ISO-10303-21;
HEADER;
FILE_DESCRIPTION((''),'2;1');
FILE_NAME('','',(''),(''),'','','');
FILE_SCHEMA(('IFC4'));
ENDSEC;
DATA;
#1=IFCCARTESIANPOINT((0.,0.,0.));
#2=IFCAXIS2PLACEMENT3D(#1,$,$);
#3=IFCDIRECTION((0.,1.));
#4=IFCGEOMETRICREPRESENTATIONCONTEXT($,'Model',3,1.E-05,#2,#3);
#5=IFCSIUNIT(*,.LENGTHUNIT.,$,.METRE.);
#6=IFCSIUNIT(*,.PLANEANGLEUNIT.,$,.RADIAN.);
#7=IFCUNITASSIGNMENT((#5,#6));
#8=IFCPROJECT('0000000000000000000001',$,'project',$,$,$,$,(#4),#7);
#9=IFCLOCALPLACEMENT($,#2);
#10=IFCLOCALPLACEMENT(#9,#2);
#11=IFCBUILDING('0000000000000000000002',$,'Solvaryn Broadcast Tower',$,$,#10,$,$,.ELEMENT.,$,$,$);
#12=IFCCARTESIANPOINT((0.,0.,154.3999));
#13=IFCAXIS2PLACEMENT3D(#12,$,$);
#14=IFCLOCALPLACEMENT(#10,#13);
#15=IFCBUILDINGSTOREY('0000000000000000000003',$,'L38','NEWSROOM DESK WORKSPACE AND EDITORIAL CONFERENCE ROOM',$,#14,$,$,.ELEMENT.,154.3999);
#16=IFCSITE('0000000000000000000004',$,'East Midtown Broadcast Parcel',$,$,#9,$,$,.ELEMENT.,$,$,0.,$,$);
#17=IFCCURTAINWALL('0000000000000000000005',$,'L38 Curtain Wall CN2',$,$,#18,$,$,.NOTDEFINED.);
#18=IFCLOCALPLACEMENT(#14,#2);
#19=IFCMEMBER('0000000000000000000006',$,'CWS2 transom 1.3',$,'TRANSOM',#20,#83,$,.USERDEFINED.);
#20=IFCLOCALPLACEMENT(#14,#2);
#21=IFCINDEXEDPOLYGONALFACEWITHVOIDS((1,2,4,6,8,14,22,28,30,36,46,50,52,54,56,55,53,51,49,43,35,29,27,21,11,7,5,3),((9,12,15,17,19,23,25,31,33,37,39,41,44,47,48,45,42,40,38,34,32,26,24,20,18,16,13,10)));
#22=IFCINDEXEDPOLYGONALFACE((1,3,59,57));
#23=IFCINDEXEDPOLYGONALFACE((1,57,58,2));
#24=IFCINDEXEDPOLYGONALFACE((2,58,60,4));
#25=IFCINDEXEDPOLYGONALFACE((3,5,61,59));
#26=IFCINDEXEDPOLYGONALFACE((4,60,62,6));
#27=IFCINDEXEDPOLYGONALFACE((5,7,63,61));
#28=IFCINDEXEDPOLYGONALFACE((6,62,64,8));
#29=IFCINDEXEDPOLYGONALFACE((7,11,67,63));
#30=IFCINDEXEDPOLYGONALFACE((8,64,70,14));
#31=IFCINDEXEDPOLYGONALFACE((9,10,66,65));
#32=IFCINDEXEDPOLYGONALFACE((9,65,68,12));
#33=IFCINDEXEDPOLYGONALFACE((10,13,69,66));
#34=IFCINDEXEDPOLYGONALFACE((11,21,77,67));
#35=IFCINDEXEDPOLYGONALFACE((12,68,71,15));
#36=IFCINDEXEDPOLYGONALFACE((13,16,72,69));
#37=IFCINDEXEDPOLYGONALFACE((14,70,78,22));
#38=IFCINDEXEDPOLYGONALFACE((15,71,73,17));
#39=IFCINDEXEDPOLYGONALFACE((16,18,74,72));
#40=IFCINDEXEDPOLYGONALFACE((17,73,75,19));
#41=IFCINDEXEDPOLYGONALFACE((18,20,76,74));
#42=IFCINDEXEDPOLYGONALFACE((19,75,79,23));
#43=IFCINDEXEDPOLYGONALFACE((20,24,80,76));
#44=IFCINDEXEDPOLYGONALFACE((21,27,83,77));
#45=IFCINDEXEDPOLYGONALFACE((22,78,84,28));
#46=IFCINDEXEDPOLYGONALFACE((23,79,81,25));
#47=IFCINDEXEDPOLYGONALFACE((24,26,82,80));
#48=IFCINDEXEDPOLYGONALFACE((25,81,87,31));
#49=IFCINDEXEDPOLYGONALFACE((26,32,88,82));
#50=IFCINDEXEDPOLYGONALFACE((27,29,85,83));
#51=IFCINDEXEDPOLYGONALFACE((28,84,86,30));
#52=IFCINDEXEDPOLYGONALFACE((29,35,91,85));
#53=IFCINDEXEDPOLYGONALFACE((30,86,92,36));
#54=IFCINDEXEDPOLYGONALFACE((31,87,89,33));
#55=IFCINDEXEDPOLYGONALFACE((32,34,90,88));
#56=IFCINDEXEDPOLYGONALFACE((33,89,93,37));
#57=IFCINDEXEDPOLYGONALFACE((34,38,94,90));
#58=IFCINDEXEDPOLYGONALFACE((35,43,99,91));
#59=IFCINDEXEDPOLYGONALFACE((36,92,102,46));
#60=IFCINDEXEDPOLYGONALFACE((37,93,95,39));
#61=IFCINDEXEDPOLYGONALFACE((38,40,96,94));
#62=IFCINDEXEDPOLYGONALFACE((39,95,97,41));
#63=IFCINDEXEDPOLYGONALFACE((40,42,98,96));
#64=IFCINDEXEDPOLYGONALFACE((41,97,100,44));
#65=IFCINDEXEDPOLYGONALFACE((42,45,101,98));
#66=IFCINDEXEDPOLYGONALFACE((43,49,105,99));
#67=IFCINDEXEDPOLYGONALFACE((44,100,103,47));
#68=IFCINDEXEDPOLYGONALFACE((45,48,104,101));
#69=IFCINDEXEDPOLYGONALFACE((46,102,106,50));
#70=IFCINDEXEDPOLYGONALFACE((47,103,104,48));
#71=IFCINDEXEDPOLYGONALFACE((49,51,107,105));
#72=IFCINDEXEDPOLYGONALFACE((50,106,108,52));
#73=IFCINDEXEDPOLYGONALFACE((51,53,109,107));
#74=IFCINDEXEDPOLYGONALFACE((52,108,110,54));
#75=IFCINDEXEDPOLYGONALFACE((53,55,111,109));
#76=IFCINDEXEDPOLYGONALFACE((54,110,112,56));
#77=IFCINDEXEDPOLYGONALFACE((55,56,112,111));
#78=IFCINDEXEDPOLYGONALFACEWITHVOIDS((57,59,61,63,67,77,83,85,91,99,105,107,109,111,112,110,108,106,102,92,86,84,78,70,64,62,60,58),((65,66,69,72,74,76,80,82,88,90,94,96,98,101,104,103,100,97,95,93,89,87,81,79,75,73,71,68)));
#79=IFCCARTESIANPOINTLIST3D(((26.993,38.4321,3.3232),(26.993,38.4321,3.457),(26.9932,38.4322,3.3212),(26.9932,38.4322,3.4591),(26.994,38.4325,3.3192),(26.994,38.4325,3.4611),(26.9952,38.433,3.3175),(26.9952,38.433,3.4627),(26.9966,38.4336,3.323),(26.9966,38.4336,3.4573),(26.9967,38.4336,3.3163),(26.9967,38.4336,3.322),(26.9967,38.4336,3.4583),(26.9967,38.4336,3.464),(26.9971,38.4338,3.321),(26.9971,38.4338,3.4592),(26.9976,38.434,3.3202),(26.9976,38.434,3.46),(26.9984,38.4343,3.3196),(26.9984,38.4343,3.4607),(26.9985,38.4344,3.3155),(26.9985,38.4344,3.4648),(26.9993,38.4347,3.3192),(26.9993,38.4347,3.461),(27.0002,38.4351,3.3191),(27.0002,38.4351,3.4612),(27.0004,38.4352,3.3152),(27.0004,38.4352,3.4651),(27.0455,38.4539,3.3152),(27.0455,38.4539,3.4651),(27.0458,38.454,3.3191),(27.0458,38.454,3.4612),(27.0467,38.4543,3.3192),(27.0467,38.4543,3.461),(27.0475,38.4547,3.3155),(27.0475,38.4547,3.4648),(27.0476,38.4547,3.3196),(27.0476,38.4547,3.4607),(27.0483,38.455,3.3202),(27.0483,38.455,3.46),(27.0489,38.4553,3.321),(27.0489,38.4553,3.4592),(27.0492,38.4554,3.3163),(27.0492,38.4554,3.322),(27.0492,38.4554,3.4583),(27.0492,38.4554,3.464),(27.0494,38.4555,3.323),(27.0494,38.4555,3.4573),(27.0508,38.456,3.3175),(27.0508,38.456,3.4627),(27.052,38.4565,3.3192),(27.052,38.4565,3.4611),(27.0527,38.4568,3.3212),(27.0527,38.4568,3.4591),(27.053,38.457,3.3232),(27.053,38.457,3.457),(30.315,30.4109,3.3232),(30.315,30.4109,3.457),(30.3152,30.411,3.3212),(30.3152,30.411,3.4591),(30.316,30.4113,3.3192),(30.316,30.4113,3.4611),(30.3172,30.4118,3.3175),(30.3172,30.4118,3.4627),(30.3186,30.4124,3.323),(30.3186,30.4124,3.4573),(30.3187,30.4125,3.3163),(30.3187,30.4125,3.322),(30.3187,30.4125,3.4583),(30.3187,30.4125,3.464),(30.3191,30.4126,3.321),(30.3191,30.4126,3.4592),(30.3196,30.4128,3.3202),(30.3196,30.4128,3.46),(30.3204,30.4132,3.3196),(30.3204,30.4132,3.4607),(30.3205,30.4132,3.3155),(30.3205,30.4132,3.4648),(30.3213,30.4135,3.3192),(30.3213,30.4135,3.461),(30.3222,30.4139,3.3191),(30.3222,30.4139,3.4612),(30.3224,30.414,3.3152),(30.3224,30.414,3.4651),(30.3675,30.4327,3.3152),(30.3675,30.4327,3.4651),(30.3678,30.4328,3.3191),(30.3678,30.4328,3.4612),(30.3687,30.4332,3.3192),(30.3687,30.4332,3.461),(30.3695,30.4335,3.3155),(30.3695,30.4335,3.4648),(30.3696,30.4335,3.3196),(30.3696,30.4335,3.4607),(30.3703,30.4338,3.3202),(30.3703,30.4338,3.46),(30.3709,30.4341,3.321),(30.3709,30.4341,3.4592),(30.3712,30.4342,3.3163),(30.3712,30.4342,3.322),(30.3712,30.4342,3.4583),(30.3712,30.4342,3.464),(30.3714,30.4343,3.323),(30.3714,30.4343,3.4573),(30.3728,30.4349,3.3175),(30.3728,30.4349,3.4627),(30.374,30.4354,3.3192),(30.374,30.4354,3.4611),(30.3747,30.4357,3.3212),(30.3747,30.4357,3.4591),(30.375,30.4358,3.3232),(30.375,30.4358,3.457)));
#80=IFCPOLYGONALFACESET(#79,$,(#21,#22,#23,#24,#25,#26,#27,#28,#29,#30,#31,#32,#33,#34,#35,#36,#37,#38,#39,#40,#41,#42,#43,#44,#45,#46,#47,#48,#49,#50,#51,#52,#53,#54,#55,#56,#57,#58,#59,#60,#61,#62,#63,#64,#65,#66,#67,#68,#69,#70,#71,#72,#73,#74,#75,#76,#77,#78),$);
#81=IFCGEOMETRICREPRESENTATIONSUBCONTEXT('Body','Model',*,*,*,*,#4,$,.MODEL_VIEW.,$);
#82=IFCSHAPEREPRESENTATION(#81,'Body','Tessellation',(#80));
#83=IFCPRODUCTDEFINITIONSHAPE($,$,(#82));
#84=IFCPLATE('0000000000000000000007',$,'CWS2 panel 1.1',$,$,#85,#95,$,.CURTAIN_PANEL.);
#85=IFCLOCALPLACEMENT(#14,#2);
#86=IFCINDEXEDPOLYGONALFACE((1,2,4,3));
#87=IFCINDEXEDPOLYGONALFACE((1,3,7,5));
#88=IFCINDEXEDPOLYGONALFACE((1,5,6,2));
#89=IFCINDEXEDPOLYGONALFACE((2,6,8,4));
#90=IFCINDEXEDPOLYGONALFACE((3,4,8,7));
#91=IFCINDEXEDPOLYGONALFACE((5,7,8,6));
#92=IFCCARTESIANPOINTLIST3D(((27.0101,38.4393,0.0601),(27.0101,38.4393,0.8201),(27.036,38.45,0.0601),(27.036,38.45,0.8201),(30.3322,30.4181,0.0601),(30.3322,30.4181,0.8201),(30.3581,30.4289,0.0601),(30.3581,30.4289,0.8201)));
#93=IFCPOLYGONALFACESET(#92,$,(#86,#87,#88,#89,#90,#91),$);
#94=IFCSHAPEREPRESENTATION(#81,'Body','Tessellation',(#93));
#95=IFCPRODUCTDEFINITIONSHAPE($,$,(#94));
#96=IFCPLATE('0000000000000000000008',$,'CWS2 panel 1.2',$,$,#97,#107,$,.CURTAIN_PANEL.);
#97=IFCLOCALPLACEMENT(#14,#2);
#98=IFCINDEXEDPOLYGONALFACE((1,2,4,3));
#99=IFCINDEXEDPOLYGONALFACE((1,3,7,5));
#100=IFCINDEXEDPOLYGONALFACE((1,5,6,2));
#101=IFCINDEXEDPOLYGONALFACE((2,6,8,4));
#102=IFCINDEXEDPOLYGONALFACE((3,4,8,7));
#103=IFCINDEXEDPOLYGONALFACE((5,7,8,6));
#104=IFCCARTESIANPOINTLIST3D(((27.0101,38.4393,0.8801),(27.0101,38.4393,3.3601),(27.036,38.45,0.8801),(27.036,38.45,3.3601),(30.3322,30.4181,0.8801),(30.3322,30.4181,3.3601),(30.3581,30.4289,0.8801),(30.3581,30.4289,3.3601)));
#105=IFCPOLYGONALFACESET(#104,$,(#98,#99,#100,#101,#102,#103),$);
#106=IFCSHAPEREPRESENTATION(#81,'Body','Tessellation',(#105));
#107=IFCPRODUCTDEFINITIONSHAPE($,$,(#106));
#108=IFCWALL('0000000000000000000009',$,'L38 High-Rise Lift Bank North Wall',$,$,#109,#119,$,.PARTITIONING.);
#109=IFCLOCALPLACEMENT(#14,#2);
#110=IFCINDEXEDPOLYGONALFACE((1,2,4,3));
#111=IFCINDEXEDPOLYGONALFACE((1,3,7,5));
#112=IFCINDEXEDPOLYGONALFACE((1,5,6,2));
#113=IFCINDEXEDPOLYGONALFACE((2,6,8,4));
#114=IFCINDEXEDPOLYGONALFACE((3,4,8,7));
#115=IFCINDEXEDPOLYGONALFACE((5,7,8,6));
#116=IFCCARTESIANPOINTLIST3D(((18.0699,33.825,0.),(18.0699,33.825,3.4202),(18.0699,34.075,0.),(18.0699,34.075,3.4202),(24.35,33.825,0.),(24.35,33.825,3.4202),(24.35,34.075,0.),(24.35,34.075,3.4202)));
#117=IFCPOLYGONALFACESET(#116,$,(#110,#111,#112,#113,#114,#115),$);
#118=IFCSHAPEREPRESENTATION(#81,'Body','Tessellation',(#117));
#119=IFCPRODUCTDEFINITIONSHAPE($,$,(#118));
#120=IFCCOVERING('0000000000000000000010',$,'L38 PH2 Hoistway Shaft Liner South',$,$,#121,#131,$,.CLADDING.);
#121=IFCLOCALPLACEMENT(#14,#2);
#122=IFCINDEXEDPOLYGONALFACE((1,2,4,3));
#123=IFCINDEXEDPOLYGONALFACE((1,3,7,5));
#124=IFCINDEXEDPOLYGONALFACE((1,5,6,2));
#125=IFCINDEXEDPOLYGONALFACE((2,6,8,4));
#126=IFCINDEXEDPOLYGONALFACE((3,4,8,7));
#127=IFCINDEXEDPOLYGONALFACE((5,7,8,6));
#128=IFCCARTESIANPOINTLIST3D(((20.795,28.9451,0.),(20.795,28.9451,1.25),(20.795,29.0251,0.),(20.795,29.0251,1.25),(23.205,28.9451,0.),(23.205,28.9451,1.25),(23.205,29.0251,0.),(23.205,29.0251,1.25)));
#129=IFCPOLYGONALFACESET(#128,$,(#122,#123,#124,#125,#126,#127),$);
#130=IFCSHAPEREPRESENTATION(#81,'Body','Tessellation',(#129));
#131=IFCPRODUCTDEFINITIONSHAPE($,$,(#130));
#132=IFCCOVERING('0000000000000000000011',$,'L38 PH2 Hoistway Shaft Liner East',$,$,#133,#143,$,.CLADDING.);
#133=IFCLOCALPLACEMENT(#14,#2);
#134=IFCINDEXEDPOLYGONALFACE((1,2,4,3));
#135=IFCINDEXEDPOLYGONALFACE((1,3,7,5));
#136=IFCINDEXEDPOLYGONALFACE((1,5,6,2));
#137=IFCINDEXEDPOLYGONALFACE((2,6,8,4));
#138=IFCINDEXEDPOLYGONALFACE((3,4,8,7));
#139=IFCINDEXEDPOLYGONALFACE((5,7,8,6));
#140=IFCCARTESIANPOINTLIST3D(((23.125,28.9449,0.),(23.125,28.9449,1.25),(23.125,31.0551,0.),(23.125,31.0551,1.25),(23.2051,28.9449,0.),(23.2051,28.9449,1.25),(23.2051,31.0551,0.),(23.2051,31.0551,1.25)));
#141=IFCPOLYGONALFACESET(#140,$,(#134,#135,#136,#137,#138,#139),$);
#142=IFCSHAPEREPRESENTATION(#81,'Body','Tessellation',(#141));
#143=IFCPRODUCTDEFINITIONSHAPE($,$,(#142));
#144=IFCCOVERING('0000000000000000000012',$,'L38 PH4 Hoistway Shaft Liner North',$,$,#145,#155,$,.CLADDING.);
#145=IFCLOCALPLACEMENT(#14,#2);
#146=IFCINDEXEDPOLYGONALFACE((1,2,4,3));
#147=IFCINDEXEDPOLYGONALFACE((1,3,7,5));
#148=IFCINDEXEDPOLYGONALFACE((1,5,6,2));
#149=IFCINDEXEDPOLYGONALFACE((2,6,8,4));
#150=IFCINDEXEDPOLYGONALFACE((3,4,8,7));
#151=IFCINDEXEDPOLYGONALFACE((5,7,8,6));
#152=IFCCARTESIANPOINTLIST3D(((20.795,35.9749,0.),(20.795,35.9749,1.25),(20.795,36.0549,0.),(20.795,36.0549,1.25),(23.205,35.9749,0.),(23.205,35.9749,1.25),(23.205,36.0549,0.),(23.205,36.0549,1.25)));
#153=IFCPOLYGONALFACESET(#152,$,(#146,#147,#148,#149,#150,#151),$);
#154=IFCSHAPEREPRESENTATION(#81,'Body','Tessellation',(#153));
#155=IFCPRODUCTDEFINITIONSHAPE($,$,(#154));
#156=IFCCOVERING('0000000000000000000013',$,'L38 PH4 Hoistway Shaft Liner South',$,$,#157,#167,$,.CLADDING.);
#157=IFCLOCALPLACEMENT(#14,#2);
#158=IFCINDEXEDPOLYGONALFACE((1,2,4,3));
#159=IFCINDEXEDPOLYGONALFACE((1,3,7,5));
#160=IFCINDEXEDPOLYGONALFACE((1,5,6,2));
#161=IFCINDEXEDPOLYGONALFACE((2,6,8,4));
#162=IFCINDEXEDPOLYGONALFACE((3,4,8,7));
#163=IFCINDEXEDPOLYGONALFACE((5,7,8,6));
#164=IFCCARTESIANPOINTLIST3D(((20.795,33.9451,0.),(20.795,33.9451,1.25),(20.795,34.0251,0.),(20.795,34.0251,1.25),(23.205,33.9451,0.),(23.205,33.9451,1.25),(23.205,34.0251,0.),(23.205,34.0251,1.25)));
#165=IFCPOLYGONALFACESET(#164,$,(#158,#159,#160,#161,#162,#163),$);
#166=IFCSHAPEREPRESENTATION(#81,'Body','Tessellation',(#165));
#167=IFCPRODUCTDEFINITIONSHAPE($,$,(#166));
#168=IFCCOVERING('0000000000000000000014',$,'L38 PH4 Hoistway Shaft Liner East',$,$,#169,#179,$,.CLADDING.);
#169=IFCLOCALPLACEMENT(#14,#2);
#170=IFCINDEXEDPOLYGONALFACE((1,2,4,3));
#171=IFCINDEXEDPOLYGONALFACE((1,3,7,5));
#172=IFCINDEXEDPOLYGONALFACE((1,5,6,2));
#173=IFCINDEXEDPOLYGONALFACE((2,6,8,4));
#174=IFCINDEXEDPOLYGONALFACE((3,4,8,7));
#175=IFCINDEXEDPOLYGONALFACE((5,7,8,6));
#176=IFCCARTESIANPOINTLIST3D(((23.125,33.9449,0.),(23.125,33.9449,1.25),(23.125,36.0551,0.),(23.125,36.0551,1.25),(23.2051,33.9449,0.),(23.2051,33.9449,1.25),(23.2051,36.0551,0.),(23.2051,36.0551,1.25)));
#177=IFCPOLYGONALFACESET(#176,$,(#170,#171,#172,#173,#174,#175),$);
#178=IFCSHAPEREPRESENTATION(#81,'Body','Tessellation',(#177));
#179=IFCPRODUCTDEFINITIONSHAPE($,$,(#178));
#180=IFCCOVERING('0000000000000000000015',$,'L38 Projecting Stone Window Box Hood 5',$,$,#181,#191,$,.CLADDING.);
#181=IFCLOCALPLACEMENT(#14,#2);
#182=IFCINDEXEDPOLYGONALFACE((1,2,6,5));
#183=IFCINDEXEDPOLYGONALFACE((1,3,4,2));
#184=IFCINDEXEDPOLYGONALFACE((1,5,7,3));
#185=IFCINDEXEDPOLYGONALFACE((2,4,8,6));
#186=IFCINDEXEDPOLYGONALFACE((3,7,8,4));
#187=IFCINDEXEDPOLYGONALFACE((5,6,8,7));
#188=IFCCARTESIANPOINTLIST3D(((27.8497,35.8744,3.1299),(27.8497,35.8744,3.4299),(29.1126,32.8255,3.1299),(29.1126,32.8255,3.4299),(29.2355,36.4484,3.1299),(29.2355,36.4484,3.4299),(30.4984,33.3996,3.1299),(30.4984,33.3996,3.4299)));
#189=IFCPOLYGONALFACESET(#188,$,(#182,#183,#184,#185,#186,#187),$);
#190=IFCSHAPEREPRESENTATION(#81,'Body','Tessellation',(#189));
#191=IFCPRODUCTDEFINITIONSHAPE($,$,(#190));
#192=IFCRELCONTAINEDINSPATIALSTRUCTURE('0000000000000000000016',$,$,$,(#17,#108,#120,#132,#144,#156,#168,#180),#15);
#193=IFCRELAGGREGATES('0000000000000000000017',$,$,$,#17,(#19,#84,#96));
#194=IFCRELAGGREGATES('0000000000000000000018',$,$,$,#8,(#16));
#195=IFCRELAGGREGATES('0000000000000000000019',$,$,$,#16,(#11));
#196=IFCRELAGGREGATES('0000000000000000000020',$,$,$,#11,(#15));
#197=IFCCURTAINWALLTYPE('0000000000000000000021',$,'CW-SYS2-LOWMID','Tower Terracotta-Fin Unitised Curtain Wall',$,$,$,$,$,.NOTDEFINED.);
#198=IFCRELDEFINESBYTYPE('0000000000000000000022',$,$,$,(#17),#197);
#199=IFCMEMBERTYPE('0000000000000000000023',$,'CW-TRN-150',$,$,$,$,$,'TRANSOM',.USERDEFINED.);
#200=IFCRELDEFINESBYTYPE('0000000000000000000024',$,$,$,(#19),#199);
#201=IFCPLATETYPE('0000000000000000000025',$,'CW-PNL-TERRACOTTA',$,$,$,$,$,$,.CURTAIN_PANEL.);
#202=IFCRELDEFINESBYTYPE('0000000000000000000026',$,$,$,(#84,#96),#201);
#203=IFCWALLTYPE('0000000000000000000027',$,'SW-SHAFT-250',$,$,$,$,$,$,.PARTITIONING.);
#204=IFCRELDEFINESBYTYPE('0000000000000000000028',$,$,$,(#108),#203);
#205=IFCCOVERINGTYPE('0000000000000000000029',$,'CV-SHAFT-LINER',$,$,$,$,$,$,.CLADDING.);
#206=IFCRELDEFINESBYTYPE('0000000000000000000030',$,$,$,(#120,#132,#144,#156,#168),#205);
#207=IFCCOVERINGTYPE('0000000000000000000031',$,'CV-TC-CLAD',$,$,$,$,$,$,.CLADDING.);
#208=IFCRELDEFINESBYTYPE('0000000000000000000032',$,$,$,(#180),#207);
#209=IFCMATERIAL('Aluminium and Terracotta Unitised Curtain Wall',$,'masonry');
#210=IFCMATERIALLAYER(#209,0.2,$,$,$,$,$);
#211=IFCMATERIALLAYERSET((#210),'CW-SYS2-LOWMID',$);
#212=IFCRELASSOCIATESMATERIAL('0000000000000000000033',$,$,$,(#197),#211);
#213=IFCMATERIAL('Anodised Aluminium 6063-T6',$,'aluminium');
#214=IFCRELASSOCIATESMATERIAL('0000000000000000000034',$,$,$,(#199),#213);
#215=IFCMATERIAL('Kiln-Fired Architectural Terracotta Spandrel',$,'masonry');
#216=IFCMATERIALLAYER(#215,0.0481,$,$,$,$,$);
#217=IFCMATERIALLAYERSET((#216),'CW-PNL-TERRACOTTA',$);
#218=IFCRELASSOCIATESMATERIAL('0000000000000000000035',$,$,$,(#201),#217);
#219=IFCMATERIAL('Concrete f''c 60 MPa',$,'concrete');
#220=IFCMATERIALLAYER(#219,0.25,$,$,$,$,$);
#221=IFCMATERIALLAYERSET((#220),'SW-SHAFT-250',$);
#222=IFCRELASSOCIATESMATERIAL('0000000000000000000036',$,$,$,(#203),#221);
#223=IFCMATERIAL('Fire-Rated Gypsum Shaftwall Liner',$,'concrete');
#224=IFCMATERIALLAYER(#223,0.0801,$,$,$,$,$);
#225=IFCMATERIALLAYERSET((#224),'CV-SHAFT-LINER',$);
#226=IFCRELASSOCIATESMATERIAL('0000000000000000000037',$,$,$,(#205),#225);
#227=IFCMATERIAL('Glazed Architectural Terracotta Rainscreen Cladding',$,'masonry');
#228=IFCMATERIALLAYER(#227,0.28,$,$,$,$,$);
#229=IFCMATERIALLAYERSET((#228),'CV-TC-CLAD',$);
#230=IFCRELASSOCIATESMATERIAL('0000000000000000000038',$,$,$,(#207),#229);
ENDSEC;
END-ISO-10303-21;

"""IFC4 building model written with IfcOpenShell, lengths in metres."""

from ifc_helpers import new_model, si_unit, direction, frame, frame_2d, origin, origin_2d, place, context, subcontext, project, spatial, rectangle, hollow_rectangle, extrude, material, layer, layer_set, material_profile, profile_set, type_object, element, aggregate, save


model = new_model("IFC4")

# Units and contexts
model_context = context("Model", 3, precision=1e-05, world=origin(), true_north=direction((0.0, 1.0)))
body_context = subcontext(model_context, "Body", "Model", "MODEL_VIEW")
ifc_project = project(units=[si_unit("LENGTHUNIT", "METRE"), si_unit("PLANEANGLEUNIT", "RADIAN")], contexts=[model_context])

# Site, building, storey
site_placement = place(None, origin())
site = spatial("IfcSite", under=ifc_project, at=site_placement, Name="East Midtown Broadcast Parcel", CompositionType="ELEMENT", RefElevation=0.0)
building_placement = place(site_placement, origin())
building = spatial("IfcBuilding", under=site, at=building_placement, Name="Solvaryn Broadcast Tower", CompositionType="ELEMENT")
storey_placement = place(building_placement, frame((0.0, 0.0, 154.3999)))
storey = spatial("IfcBuildingStorey", under=building, at=storey_placement, Name="L38", Description="NEWSROOM DESK WORKSPACE AND EDITORIAL CONFERENCE ROOM", CompositionType="ELEMENT", Elevation=154.3999)

# Shared definitions
ifc_material_1 = material(Name="Aluminium and Terracotta Unitised Curtain Wall", Category="masonry")
ifc_layer_1 = layer(ifc_material_1, 0.2)
ifc_layer_set_1 = layer_set([ifc_layer_1], Name="CW-SYS2-LOWMID")
curtain_wall_type = type_object("IfcCurtainWallType", Name="CW-SYS2-LOWMID", Description="Tower Terracotta-Fin Unitised Curtain Wall", PredefinedType="NOTDEFINED", material=ifc_layer_set_1)

# Curtain wall, member, plates
curtain_wall_1_placement = place(storey_placement, origin())
curtain_wall_1 = element("IfcCurtainWall", 1, at=curtain_wall_1_placement, inside=storey, type_object=curtain_wall_type, Name="L38 Curtain Wall CN2", PredefinedType="NOTDEFINED")
ifc_material_2 = material(Name="Anodised Aluminium 6063-T6", Category="aluminium")
ifc_material_profile_1 = material_profile(ifc_material_2, hollow_rectangle(XDim=0.0649, YDim=0.1499, WallThickness=0.0039, InnerFilletRadius=0.0039, OuterFilletRadius=0.0081, at=origin_2d()))
ifc_profile_set_1 = profile_set([ifc_material_profile_1], Name="Anodised Aluminium 6063-T6")
member_type_1 = type_object("IfcMemberType", Name="CW-TRN-150", ElementType="TRANSOM", PredefinedType="USERDEFINED", material=ifc_profile_set_1)
member_1_placement = place(storey_placement, frame((30.345, 30.4233, 3.3901), z_axis=(-0.382636, 0.923899, 0.0), x_axis=(-0.923899, -0.382636, 0.0)))
member_1 = element("IfcMember", 2, at=member_1_placement, type_object=member_type_1, Name="CWS2 transom 1.3", ObjectType="TRANSOM", PredefinedType="USERDEFINED", context=body_context, shape_type="SweptSolid", body=[
    extrude(hollow_rectangle(XDim=0.0649, YDim=0.1499, WallThickness=0.0039, InnerFilletRadius=0.0039, OuterFilletRadius=0.0081, at=origin_2d()), origin(), (0.0, 0.0, 1.0), 8.6819),
])
ifc_material_3 = material(Name="Kiln-Fired Architectural Terracotta Spandrel", Category="masonry")
ifc_layer_2 = layer(ifc_material_3, 0.0481)
ifc_layer_set_2 = layer_set([ifc_layer_2], Name="CW-PNL-TERRACOTTA")
plate_type = type_object("IfcPlateType", Name="CW-PNL-TERRACOTTA", PredefinedType="CURTAIN_PANEL", material=ifc_layer_set_2)
plate_1_placement = place(storey_placement, frame((28.6841, 34.4341, 0.0601), z_axis=(0.0, 0.0, 1.0), x_axis=(-0.382646, 0.923895, 0.0)))
plate_1 = element("IfcPlate", 3, at=plate_1_placement, type_object=plate_type, Name="CWS2 panel 1.1", PredefinedType="CURTAIN_PANEL", context=body_context, shape_type="SweptSolid", body=[
    extrude(rectangle(XDim=8.6819, YDim=0.0281, at=origin_2d()), origin(), (0.0, 0.0, 1.0), 0.76),
])
plate_2_placement = place(storey_placement, frame((28.6841, 34.4341, 0.8801), z_axis=(0.0, 0.0, 1.0), x_axis=(-0.382646, 0.923895, 0.0)))
plate_2 = element("IfcPlate", 4, at=plate_2_placement, type_object=plate_type, Name="CWS2 panel 1.2", PredefinedType="CURTAIN_PANEL", context=body_context, shape_type="SweptSolid", body=[
    extrude(rectangle(XDim=8.6819, YDim=0.0281, at=origin_2d()), origin(), (0.0, 0.0, 1.0), 2.48),
])
aggregate(curtain_wall_1, [member_1, plate_1, plate_2])

# Wall
ifc_material_4 = material(Name="Concrete f'c 60 MPa", Category="concrete")
ifc_layer_3 = layer(ifc_material_4, 0.25)
ifc_layer_set_3 = layer_set([ifc_layer_3], Name="SW-SHAFT-250")
wall_type = type_object("IfcWallType", Name="SW-SHAFT-250", PredefinedType="PARTITIONING", material=ifc_layer_set_3)
wall_placement = place(storey_placement, frame((24.3501, 33.95, 0.0), z_axis=(0.0, 0.0, 1.0), x_axis=(-1.0, 0.0, 0.0)))
element("IfcWall", 5, at=wall_placement, inside=storey, type_object=wall_type, Name="L38 High-Rise Lift Bank North Wall", PredefinedType="PARTITIONING", context=body_context, shape_type="SweptSolid", body=[
    extrude(rectangle(XDim=6.28, YDim=0.25, at=frame_2d((3.1401, 0.0))), origin(), (0.0, 0.0, 1.0), 3.4202),
])

# Coverings
ifc_material_5 = material(Name="Fire-Rated Gypsum Shaftwall Liner", Category="concrete")
ifc_layer_4 = layer(ifc_material_5, 0.0801)
ifc_layer_set_4 = layer_set([ifc_layer_4], Name="CV-SHAFT-LINER")
covering_type_1 = type_object("IfcCoveringType", Name="CV-SHAFT-LINER", PredefinedType="CLADDING", material=ifc_layer_set_4)
covering_1_placement = place(storey_placement, frame((22.0, 28.9851, 0.0), z_axis=(0.0, 0.0, 1.0), x_axis=(1.0, 0.0, 0.0)))
element("IfcCovering", 6, at=covering_1_placement, inside=storey, type_object=covering_type_1, Name="L38 PH2 Hoistway Shaft Liner South", PredefinedType="CLADDING", context=body_context, shape_type="SweptSolid", body=[
    extrude(rectangle(XDim=2.4099, YDim=0.0801, at=origin_2d()), origin(), (0.0, 0.0, 1.0), 1.25),
])
covering_2_placement = place(storey_placement, frame((23.165, 30.0, 0.0), z_axis=(0.0, 0.0, 1.0), x_axis=(1.0, 0.0, 0.0)))
element("IfcCovering", 7, at=covering_2_placement, inside=storey, type_object=covering_type_1, Name="L38 PH2 Hoistway Shaft Liner East", PredefinedType="CLADDING", context=body_context, shape_type="SweptSolid", body=[
    extrude(rectangle(XDim=0.0801, YDim=2.1101, at=origin_2d()), origin(), (0.0, 0.0, 1.0), 1.25),
])
for number, where, z_axis, x_axis, name in (
    (8, (22.0, 36.0149, 0.0), (0.0, 0.0, 1.0), (1.0, 0.0, 0.0), "L38 PH4 Hoistway Shaft Liner North"),
    (9, (22.0, 33.9851, 0.0), (0.0, 0.0, 1.0), (1.0, 0.0, 0.0), "L38 PH4 Hoistway Shaft Liner South"),
):
    element("IfcCovering", number, at=place(storey_placement, frame(where, z_axis=z_axis, x_axis=x_axis)), inside=storey, type_object=covering_type_1, Name=name, PredefinedType="CLADDING", context=body_context, shape_type="SweptSolid", body=[
        extrude(rectangle(XDim=2.4099, YDim=0.0801, at=origin_2d()), origin(), (0.0, 0.0, 1.0), 1.25),
    ])
covering_3_placement = place(storey_placement, frame((23.165, 35.0, 0.0), z_axis=(0.0, 0.0, 1.0), x_axis=(1.0, 0.0, 0.0)))
element("IfcCovering", 10, at=covering_3_placement, inside=storey, type_object=covering_type_1, Name="L38 PH4 Hoistway Shaft Liner East", PredefinedType="CLADDING", context=body_context, shape_type="SweptSolid", body=[
    extrude(rectangle(XDim=0.0801, YDim=2.1101, at=origin_2d()), origin(), (0.0, 0.0, 1.0), 1.25),
])
ifc_material_6 = material(Name="Glazed Architectural Terracotta Rainscreen Cladding", Category="masonry")
ifc_layer_5 = layer(ifc_material_6, 0.28)
ifc_layer_set_5 = layer_set([ifc_layer_5], Name="CV-TC-CLAD")
covering_type_2 = type_object("IfcCoveringType", Name="CV-TC-CLAD", PredefinedType="CLADDING", material=ifc_layer_set_5)
for number, where, z_axis, x_axis, name in (
    (11, (29.1741, 34.637, 3.1299), (0.0, 0.0, 1.0), (-0.382683, 0.92388, 0.0), "L38 Projecting Stone Window Box Hood 5"),
):
    element("IfcCovering", number, at=place(storey_placement, frame(where, z_axis=z_axis, x_axis=x_axis)), inside=storey, type_object=covering_type_2, Name=name, PredefinedType="CLADDING", context=body_context, shape_type="SweptSolid", body=[
        extrude(rectangle(XDim=3.3, YDim=1.5, at=origin_2d()), origin(), (0.0, 0.0, 1.0), 0.3),
    ])

save(model, "model.ifc")
